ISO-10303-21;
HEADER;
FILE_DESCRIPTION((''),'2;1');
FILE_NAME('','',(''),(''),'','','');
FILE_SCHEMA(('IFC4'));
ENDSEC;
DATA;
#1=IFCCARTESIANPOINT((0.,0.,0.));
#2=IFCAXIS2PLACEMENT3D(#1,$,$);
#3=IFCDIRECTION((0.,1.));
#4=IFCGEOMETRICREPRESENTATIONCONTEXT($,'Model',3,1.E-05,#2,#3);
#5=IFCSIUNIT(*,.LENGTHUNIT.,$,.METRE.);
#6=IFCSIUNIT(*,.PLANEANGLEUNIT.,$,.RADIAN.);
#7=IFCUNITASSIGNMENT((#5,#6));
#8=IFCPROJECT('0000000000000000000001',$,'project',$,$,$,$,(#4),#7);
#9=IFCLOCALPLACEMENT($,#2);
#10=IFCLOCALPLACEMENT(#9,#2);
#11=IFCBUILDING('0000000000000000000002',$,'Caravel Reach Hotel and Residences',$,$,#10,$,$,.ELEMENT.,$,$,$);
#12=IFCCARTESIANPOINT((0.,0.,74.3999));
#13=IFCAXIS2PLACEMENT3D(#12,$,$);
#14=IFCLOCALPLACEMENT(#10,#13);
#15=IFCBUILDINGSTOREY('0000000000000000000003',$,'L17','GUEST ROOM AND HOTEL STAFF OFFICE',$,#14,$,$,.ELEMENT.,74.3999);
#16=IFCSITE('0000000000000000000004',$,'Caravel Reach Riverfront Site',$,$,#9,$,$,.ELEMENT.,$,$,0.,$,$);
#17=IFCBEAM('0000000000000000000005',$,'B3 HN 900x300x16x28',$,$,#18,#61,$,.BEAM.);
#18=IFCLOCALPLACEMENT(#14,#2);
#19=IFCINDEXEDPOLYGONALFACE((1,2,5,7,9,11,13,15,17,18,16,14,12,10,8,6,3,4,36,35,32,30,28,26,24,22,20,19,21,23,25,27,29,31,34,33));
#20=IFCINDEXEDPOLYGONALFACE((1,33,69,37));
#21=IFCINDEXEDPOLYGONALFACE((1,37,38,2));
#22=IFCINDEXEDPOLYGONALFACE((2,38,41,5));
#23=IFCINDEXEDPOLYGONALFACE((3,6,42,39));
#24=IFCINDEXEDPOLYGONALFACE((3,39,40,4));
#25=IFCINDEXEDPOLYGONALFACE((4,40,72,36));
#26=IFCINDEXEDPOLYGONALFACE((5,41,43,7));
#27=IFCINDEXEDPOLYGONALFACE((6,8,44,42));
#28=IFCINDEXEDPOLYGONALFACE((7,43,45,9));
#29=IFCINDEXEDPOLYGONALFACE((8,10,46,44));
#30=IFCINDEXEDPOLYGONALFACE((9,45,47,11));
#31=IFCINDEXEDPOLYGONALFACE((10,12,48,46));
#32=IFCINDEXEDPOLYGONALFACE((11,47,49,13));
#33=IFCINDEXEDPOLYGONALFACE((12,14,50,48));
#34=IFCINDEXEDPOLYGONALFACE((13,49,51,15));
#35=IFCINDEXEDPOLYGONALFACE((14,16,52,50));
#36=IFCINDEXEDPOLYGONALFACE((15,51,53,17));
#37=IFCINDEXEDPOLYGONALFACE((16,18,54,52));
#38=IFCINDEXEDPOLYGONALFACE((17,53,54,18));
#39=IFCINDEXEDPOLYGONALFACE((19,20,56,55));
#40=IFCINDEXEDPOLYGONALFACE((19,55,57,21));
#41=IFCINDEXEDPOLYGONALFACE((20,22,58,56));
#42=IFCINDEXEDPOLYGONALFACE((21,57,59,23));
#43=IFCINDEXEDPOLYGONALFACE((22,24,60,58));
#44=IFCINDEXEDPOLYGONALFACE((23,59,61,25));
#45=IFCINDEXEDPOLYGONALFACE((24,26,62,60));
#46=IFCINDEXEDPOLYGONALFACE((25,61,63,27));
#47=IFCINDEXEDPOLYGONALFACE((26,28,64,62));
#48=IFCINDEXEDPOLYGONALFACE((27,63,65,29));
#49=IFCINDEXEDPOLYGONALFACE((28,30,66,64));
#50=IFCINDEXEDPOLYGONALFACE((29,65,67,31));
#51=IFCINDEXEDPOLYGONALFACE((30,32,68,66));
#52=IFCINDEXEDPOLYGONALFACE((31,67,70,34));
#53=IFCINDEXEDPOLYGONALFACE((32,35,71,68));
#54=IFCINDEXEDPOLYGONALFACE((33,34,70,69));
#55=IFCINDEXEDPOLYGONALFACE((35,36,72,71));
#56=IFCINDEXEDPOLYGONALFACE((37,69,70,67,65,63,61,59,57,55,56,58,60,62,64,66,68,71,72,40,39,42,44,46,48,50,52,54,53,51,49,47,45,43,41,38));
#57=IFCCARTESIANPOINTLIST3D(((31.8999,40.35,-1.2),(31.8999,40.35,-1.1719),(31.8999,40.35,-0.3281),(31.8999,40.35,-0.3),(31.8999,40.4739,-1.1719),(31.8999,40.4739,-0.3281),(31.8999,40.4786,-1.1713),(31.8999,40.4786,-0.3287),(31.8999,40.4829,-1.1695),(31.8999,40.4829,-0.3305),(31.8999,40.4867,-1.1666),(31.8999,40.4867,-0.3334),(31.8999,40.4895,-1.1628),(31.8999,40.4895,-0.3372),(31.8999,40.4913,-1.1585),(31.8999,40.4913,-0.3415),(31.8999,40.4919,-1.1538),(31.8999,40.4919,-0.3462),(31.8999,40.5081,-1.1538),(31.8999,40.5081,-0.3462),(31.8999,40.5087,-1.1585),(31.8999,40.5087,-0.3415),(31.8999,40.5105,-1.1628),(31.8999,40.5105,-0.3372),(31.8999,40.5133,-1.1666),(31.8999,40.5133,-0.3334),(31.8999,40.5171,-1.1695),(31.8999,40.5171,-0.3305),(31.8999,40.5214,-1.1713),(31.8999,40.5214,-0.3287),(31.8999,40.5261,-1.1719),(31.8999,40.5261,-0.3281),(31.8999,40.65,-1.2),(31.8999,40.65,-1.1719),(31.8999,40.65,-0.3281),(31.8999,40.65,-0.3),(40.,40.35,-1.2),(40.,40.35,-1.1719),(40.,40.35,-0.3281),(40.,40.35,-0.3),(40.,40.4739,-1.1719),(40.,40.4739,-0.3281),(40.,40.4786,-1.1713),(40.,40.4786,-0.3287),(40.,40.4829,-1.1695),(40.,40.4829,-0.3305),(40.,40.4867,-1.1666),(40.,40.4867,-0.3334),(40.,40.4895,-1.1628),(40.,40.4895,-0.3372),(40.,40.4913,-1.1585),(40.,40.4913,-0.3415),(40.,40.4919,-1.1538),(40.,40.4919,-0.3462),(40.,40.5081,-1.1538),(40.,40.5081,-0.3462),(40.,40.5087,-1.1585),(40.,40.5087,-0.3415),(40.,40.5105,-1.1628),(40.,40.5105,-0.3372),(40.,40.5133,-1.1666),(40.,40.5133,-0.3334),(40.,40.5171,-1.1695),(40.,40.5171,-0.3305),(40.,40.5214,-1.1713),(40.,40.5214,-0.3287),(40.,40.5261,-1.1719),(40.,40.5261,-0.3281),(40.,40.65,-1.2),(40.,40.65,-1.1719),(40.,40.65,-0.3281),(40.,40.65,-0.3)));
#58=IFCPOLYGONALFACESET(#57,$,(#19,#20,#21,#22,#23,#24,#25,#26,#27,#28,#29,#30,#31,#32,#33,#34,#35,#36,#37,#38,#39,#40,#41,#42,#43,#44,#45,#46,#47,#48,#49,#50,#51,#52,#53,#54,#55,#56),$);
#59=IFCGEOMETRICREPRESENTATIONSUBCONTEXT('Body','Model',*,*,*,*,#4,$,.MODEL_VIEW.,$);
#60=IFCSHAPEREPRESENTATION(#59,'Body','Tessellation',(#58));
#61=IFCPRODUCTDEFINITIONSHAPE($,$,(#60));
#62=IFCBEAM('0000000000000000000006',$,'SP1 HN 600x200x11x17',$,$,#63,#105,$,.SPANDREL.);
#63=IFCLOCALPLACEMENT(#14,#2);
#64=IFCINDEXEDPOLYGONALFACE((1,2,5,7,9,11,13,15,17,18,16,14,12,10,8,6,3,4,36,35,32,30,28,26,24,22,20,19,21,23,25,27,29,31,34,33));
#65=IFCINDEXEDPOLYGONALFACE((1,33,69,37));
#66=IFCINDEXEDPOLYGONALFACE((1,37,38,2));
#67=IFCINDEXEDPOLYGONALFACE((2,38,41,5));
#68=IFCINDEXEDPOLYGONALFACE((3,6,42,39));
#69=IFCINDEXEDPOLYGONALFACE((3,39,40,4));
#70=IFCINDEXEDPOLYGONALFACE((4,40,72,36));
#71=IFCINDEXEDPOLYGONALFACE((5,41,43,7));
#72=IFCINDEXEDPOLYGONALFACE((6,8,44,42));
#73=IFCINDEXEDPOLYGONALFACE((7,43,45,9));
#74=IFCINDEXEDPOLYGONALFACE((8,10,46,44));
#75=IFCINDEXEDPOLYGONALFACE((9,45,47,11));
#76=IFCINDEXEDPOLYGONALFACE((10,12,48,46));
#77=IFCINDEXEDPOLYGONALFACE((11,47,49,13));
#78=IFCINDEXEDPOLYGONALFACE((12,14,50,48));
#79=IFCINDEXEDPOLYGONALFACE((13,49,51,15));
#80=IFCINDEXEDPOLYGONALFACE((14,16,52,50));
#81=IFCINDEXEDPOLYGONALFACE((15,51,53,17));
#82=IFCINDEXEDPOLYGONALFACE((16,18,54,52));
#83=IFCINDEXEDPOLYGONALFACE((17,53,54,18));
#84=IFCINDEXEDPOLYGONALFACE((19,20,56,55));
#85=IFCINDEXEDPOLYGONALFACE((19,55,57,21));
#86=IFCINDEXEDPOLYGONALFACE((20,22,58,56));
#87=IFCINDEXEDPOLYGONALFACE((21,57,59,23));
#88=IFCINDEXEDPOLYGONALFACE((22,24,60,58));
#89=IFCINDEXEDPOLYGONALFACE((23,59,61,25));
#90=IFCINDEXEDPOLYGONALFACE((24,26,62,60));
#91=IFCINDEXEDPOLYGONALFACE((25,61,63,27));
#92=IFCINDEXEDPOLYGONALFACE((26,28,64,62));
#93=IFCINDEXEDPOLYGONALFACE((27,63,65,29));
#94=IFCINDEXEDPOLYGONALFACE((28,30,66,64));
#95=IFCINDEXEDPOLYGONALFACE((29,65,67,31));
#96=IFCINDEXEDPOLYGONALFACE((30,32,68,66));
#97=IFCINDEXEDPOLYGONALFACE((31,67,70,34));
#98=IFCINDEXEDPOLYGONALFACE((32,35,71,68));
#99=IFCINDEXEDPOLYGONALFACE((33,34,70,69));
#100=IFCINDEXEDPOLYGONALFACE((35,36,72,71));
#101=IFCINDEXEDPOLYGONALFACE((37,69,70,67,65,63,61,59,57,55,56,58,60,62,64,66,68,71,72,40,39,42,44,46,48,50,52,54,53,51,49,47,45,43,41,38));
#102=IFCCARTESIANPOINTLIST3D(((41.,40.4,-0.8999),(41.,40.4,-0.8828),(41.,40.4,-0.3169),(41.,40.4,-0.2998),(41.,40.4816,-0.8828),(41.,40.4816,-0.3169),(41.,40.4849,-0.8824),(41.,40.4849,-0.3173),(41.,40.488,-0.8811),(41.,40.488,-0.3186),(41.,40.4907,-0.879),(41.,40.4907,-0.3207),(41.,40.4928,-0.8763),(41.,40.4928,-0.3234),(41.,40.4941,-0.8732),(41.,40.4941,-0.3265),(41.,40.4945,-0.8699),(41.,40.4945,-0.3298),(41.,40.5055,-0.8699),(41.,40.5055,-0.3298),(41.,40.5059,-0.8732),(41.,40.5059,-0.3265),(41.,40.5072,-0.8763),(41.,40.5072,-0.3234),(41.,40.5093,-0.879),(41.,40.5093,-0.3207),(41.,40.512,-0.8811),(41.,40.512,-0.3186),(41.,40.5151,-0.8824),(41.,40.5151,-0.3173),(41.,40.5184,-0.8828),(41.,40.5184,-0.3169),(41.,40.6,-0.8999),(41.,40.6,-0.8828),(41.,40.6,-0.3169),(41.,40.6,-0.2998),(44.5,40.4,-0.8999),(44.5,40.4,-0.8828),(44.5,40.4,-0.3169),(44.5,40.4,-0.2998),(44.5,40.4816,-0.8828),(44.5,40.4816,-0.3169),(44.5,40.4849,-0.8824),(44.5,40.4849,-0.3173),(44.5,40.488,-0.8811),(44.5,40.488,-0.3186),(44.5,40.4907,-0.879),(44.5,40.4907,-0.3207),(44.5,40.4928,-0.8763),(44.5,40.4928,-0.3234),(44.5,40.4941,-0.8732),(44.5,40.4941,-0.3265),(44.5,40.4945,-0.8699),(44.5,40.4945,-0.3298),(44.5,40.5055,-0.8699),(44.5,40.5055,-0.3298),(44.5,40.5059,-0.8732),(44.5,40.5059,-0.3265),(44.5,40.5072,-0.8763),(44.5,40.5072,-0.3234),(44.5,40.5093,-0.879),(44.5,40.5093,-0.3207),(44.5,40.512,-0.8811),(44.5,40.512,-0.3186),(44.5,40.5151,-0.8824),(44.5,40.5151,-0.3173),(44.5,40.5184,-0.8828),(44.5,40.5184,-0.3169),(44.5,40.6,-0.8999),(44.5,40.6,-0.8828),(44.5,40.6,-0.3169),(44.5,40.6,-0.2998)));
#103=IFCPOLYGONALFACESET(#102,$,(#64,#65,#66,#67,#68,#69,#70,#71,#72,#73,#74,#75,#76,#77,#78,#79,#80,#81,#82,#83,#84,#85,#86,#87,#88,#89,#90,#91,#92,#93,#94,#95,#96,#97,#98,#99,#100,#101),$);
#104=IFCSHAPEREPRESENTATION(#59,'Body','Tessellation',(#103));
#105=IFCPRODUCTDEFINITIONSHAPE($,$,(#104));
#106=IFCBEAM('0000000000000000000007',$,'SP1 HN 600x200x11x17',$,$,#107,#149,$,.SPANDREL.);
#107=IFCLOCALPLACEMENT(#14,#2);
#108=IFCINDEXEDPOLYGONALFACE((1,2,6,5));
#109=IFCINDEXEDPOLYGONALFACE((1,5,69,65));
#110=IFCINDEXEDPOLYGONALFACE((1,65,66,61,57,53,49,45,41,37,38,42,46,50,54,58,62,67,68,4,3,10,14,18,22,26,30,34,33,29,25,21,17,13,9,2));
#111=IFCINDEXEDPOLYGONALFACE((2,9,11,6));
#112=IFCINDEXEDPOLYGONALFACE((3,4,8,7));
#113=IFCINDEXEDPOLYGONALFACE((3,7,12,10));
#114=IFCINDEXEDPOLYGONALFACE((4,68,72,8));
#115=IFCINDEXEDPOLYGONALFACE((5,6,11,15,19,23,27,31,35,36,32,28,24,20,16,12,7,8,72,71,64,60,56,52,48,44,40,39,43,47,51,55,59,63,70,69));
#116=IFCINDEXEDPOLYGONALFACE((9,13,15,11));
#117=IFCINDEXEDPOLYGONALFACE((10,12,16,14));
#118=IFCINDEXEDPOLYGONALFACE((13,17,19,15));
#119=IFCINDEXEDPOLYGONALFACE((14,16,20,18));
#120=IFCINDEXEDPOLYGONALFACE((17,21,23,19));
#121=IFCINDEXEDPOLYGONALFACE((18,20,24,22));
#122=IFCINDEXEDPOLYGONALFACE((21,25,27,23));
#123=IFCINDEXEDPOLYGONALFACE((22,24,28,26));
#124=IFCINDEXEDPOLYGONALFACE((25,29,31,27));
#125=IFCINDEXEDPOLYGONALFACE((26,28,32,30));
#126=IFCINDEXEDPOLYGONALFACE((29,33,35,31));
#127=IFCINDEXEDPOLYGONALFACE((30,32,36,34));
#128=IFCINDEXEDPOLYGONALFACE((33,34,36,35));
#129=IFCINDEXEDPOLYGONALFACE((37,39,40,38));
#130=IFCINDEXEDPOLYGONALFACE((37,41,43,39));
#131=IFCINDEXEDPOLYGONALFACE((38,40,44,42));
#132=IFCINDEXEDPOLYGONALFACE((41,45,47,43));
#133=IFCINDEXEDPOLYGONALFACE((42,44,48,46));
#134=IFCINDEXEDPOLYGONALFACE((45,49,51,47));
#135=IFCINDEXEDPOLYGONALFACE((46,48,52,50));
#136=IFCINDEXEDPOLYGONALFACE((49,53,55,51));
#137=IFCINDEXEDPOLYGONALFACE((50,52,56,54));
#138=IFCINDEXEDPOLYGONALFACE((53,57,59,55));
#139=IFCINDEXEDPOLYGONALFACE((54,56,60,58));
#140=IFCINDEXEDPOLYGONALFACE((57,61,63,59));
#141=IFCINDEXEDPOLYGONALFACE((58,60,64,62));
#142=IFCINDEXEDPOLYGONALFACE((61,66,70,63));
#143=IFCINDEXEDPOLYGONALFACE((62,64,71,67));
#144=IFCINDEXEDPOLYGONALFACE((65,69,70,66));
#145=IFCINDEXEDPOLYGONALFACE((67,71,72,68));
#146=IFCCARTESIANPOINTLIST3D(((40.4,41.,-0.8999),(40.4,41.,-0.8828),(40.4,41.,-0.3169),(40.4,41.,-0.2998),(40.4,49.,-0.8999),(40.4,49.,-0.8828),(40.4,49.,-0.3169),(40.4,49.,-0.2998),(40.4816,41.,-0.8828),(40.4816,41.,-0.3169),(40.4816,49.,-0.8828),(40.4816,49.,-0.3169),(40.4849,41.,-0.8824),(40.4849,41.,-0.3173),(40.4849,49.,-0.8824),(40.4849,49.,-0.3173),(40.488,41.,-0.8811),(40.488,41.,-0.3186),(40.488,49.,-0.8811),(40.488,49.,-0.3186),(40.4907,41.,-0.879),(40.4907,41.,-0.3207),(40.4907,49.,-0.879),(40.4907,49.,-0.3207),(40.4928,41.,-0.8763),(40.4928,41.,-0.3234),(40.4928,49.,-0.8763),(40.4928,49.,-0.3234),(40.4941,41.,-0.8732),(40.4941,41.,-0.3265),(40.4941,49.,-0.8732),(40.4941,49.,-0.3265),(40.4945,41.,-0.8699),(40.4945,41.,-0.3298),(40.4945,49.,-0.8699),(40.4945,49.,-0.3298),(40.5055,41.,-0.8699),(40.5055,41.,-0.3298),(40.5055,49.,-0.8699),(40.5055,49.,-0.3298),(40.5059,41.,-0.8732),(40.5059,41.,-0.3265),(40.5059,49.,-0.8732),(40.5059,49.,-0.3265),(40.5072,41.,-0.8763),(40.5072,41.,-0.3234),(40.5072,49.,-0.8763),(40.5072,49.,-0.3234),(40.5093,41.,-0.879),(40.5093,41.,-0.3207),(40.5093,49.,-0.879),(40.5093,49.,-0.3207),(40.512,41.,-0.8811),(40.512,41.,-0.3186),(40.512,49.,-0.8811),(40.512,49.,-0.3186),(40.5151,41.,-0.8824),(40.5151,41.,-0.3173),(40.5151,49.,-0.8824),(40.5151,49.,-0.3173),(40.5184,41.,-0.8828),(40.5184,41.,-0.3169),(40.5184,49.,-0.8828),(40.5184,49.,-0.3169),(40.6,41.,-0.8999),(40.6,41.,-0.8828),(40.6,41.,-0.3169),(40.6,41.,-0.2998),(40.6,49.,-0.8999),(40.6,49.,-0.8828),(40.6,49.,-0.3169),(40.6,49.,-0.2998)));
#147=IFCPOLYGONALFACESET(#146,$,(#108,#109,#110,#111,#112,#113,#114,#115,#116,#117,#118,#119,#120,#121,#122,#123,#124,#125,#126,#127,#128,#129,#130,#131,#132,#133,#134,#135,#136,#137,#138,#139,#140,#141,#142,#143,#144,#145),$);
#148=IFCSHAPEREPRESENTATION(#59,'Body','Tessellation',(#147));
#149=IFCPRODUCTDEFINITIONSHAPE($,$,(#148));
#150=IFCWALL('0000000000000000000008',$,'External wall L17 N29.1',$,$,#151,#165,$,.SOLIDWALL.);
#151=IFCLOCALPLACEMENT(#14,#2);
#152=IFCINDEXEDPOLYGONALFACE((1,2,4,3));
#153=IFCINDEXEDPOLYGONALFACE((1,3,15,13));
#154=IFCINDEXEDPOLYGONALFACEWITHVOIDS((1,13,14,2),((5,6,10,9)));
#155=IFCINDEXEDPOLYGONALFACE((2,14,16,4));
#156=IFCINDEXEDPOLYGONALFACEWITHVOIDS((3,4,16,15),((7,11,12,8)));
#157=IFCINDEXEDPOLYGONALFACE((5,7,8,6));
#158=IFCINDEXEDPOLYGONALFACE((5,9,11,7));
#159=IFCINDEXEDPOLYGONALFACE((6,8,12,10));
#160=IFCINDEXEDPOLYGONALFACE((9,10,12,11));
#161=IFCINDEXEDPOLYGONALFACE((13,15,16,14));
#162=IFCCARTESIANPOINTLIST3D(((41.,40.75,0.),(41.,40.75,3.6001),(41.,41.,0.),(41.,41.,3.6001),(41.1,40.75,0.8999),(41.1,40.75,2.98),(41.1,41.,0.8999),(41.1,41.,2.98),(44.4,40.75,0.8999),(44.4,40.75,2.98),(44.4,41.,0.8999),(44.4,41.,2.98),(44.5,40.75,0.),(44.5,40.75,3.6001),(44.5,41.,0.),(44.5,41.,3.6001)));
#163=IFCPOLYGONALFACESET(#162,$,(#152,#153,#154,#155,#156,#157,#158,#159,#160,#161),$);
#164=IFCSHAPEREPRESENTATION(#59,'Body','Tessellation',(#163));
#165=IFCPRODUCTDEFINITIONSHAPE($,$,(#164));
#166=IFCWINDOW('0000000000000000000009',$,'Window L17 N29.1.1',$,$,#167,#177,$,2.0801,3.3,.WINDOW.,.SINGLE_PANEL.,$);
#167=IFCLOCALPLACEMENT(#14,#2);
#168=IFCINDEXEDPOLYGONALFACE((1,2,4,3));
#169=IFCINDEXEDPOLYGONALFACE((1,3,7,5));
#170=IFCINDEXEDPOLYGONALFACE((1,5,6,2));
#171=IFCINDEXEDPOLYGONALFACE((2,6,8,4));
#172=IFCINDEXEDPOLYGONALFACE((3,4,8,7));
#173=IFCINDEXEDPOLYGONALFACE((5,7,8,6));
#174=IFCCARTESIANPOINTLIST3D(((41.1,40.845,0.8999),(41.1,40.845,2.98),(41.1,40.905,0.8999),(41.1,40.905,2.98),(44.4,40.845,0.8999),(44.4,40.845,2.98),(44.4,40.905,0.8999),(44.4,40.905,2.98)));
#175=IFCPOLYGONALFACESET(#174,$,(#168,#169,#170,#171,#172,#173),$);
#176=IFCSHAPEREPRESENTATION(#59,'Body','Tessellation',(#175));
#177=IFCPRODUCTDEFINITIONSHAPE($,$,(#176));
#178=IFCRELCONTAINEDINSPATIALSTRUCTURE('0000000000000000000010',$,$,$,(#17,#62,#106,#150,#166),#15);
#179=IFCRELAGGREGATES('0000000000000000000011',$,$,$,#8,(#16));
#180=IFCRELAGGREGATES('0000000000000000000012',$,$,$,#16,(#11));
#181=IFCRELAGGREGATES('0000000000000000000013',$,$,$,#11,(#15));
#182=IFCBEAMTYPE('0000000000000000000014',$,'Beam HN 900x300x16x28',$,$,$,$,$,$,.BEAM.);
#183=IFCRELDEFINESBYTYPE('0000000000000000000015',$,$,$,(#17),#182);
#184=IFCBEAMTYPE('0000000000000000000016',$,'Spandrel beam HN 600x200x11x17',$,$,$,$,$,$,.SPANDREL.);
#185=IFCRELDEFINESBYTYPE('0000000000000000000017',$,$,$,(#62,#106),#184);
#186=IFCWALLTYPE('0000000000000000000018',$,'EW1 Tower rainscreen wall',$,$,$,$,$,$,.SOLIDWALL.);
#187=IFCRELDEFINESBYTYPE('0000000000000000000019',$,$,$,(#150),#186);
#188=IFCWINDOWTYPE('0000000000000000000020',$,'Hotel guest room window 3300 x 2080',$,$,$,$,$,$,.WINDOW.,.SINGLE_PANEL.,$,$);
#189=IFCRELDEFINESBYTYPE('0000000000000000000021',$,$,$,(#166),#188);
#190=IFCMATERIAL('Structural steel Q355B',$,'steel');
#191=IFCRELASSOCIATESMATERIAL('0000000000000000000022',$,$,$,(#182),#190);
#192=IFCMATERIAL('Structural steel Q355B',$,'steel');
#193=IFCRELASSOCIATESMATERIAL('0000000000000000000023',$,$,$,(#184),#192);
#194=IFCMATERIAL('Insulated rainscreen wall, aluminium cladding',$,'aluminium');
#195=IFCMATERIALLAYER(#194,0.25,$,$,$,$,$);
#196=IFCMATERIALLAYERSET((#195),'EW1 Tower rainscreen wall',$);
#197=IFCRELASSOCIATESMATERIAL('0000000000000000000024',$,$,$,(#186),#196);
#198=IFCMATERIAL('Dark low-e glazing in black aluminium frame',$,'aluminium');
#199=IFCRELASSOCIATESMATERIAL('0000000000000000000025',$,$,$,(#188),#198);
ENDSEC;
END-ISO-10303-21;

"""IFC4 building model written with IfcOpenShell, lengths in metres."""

from ifc_helpers import new_model, si_unit, direction, frame, frame_2d, origin, origin_2d, place, context, subcontext, project, spatial, rectangle, i_section, extrude, material, layer, layer_set, material_profile, profile_set, type_object, element, fill, save


model = new_model("IFC4")

# Units and contexts
model_context = context("Model", 3, precision=1e-05, world=origin(), true_north=direction((0.0, 1.0)))
body_context = subcontext(model_context, "Body", "Model", "MODEL_VIEW")
ifc_project = project(units=[si_unit("LENGTHUNIT", "METRE"), si_unit("PLANEANGLEUNIT", "RADIAN")], contexts=[model_context])

# Site, building, storey
site_placement = place(None, origin())
site = spatial("IfcSite", under=ifc_project, at=site_placement, Name="Caravel Reach Riverfront Site", CompositionType="ELEMENT", RefElevation=0.0)
building_placement = place(site_placement, origin())
building = spatial("IfcBuilding", under=site, at=building_placement, Name="Caravel Reach Hotel and Residences", CompositionType="ELEMENT")
storey_placement = place(building_placement, frame((0.0, 0.0, 74.3999)))
storey = spatial("IfcBuildingStorey", under=building, at=storey_placement, Name="L17", Description="GUEST ROOM AND HOTEL STAFF OFFICE", CompositionType="ELEMENT", Elevation=74.3999)

# Beams
ifc_material_1 = material(Name="Structural steel Q355B", Category="steel")
ifc_material_profile_1 = material_profile(ifc_material_1, i_section(OverallWidth=0.3, OverallDepth=0.8999, WebThickness=0.0161, FlangeThickness=0.0281, FilletRadius=0.0181, at=origin_2d()), Name="HN 900x300x16x28")
ifc_profile_set_1 = profile_set([ifc_material_profile_1], Name="Structural steel Q355B")
beam_type_1 = type_object("IfcBeamType", Name="Beam HN 900x300x16x28", PredefinedType="BEAM", material=ifc_profile_set_1)
beam_1_placement = place(storey_placement, frame((31.8999, 40.5, -0.75), z_axis=(1.0, 0.0, 0.0), x_axis=(0.0, 1.0, 0.0)))
element("IfcBeam", 1, at=beam_1_placement, inside=storey, type_object=beam_type_1, Name="B3 HN 900x300x16x28", PredefinedType="BEAM", context=body_context, shape_type="SweptSolid", body=[
    extrude(i_section(OverallWidth=0.3, OverallDepth=0.8999, WebThickness=0.0161, FlangeThickness=0.0281, FilletRadius=0.0181, at=origin_2d()), origin(), (0.0, 0.0, 1.0), 8.1001),
])
ifc_material_2 = material(Name="Structural steel Q355B", Category="steel")
ifc_material_profile_2 = material_profile(ifc_material_2, i_section(OverallWidth=0.2, OverallDepth=0.6001, WebThickness=0.011, FlangeThickness=0.0171, FilletRadius=0.0129, at=origin_2d()), Name="HN 600x200x11x17")
ifc_profile_set_2 = profile_set([ifc_material_profile_2], Name="Structural steel Q355B")
beam_type_2 = type_object("IfcBeamType", Name="Spandrel beam HN 600x200x11x17", PredefinedType="SPANDREL", material=ifc_profile_set_2)
beam_2_placement = place(storey_placement, frame((44.5, 40.5, -0.5999), z_axis=(-1.0, 0.0, 0.0), x_axis=(0.0, -1.0, 0.0)))
element("IfcBeam", 2, at=beam_2_placement, inside=storey, type_object=beam_type_2, Name="SP1 HN 600x200x11x17", PredefinedType="SPANDREL", context=body_context, shape_type="SweptSolid", body=[
    extrude(i_section(OverallWidth=0.2, OverallDepth=0.6001, WebThickness=0.011, FlangeThickness=0.0171, FilletRadius=0.0129, at=origin_2d()), origin(), (0.0, 0.0, 1.0), 3.5),
])
beam_3_placement = place(storey_placement, frame((40.5, 41.0, -0.5999), z_axis=(0.0, 1.0, 0.0), x_axis=(-1.0, 0.0, 0.0)))
element("IfcBeam", 3, at=beam_3_placement, inside=storey, type_object=beam_type_2, Name="SP1 HN 600x200x11x17", PredefinedType="SPANDREL", context=body_context, shape_type="SweptSolid", body=[
    extrude(i_section(OverallWidth=0.2, OverallDepth=0.6001, WebThickness=0.011, FlangeThickness=0.0171, FilletRadius=0.0129, at=origin_2d()), origin(), (0.0, 0.0, 1.0), 8.0),
])

# Wall, opening, window
ifc_material_3 = material(Name="Insulated rainscreen wall, aluminium cladding", Category="aluminium")
ifc_layer_1 = layer(ifc_material_3, 0.25)
ifc_layer_set_1 = layer_set([ifc_layer_1], Name="EW1 Tower rainscreen wall")
wall_type_1 = type_object("IfcWallType", Name="EW1 Tower rainscreen wall", PredefinedType="SOLIDWALL", material=ifc_layer_set_1)
wall_1_placement = place(storey_placement, frame((44.5, 40.875, 0.0), z_axis=(0.0, 0.0, 1.0), x_axis=(-1.0, 0.0, 0.0)))
wall_1 = element("IfcWall", 4, at=wall_1_placement, inside=storey, type_object=wall_type_1, Name="External wall L17 N29.1", PredefinedType="SOLIDWALL", context=body_context, shape_type="SweptSolid", body=[
    extrude(rectangle(XDim=3.5, YDim=0.25, at=frame_2d((1.75, 0.0))), origin(), (0.0, 0.0, 1.0), 3.6001),
])
opening_1_placement = place(wall_1_placement, frame((0.1001, 0.0, 0.8999)))
opening_1 = element("IfcOpeningElement", 5, at=opening_1_placement, cuts=wall_1, PredefinedType="OPENING", context=body_context, shape_type="SweptSolid", body=[
    extrude(rectangle(XDim=3.3, YDim=2.0801, at=frame_2d((1.6499, 1.04))), frame((0.0, 0.135, 0.0), z_axis=(0.0, -1.0, 0.0), x_axis=(1.0, 0.0, 0.0)), (0.0, 0.0, 1.0), 0.27),
])
ifc_material_4 = material(Name="Dark low-e glazing in black aluminium frame", Category="aluminium")
window_type = type_object("IfcWindowType", Name="Hotel guest room window 3300 x 2080", PartitioningType="SINGLE_PANEL", PredefinedType="WINDOW", material=ifc_material_4)
window_1_placement = place(opening_1_placement, origin())
window_1 = element("IfcWindow", 6, at=window_1_placement, inside=storey, type_object=window_type, Name="Window L17 N29.1.1", OverallHeight=2.0801, OverallWidth=3.3, PartitioningType="SINGLE_PANEL", PredefinedType="WINDOW", context=body_context, shape_type="SweptSolid", body=[
    extrude(rectangle(XDim=3.3, YDim=2.0801, at=frame_2d((1.6499, 1.04))), frame((0.0, 0.03, 0.0), z_axis=(0.0, -1.0, 0.0), x_axis=(1.0, 0.0, 0.0)), (0.0, 0.0, 1.0), 0.0601),
])
fill(opening_1, window_1)

save(model, "model.ifc")
